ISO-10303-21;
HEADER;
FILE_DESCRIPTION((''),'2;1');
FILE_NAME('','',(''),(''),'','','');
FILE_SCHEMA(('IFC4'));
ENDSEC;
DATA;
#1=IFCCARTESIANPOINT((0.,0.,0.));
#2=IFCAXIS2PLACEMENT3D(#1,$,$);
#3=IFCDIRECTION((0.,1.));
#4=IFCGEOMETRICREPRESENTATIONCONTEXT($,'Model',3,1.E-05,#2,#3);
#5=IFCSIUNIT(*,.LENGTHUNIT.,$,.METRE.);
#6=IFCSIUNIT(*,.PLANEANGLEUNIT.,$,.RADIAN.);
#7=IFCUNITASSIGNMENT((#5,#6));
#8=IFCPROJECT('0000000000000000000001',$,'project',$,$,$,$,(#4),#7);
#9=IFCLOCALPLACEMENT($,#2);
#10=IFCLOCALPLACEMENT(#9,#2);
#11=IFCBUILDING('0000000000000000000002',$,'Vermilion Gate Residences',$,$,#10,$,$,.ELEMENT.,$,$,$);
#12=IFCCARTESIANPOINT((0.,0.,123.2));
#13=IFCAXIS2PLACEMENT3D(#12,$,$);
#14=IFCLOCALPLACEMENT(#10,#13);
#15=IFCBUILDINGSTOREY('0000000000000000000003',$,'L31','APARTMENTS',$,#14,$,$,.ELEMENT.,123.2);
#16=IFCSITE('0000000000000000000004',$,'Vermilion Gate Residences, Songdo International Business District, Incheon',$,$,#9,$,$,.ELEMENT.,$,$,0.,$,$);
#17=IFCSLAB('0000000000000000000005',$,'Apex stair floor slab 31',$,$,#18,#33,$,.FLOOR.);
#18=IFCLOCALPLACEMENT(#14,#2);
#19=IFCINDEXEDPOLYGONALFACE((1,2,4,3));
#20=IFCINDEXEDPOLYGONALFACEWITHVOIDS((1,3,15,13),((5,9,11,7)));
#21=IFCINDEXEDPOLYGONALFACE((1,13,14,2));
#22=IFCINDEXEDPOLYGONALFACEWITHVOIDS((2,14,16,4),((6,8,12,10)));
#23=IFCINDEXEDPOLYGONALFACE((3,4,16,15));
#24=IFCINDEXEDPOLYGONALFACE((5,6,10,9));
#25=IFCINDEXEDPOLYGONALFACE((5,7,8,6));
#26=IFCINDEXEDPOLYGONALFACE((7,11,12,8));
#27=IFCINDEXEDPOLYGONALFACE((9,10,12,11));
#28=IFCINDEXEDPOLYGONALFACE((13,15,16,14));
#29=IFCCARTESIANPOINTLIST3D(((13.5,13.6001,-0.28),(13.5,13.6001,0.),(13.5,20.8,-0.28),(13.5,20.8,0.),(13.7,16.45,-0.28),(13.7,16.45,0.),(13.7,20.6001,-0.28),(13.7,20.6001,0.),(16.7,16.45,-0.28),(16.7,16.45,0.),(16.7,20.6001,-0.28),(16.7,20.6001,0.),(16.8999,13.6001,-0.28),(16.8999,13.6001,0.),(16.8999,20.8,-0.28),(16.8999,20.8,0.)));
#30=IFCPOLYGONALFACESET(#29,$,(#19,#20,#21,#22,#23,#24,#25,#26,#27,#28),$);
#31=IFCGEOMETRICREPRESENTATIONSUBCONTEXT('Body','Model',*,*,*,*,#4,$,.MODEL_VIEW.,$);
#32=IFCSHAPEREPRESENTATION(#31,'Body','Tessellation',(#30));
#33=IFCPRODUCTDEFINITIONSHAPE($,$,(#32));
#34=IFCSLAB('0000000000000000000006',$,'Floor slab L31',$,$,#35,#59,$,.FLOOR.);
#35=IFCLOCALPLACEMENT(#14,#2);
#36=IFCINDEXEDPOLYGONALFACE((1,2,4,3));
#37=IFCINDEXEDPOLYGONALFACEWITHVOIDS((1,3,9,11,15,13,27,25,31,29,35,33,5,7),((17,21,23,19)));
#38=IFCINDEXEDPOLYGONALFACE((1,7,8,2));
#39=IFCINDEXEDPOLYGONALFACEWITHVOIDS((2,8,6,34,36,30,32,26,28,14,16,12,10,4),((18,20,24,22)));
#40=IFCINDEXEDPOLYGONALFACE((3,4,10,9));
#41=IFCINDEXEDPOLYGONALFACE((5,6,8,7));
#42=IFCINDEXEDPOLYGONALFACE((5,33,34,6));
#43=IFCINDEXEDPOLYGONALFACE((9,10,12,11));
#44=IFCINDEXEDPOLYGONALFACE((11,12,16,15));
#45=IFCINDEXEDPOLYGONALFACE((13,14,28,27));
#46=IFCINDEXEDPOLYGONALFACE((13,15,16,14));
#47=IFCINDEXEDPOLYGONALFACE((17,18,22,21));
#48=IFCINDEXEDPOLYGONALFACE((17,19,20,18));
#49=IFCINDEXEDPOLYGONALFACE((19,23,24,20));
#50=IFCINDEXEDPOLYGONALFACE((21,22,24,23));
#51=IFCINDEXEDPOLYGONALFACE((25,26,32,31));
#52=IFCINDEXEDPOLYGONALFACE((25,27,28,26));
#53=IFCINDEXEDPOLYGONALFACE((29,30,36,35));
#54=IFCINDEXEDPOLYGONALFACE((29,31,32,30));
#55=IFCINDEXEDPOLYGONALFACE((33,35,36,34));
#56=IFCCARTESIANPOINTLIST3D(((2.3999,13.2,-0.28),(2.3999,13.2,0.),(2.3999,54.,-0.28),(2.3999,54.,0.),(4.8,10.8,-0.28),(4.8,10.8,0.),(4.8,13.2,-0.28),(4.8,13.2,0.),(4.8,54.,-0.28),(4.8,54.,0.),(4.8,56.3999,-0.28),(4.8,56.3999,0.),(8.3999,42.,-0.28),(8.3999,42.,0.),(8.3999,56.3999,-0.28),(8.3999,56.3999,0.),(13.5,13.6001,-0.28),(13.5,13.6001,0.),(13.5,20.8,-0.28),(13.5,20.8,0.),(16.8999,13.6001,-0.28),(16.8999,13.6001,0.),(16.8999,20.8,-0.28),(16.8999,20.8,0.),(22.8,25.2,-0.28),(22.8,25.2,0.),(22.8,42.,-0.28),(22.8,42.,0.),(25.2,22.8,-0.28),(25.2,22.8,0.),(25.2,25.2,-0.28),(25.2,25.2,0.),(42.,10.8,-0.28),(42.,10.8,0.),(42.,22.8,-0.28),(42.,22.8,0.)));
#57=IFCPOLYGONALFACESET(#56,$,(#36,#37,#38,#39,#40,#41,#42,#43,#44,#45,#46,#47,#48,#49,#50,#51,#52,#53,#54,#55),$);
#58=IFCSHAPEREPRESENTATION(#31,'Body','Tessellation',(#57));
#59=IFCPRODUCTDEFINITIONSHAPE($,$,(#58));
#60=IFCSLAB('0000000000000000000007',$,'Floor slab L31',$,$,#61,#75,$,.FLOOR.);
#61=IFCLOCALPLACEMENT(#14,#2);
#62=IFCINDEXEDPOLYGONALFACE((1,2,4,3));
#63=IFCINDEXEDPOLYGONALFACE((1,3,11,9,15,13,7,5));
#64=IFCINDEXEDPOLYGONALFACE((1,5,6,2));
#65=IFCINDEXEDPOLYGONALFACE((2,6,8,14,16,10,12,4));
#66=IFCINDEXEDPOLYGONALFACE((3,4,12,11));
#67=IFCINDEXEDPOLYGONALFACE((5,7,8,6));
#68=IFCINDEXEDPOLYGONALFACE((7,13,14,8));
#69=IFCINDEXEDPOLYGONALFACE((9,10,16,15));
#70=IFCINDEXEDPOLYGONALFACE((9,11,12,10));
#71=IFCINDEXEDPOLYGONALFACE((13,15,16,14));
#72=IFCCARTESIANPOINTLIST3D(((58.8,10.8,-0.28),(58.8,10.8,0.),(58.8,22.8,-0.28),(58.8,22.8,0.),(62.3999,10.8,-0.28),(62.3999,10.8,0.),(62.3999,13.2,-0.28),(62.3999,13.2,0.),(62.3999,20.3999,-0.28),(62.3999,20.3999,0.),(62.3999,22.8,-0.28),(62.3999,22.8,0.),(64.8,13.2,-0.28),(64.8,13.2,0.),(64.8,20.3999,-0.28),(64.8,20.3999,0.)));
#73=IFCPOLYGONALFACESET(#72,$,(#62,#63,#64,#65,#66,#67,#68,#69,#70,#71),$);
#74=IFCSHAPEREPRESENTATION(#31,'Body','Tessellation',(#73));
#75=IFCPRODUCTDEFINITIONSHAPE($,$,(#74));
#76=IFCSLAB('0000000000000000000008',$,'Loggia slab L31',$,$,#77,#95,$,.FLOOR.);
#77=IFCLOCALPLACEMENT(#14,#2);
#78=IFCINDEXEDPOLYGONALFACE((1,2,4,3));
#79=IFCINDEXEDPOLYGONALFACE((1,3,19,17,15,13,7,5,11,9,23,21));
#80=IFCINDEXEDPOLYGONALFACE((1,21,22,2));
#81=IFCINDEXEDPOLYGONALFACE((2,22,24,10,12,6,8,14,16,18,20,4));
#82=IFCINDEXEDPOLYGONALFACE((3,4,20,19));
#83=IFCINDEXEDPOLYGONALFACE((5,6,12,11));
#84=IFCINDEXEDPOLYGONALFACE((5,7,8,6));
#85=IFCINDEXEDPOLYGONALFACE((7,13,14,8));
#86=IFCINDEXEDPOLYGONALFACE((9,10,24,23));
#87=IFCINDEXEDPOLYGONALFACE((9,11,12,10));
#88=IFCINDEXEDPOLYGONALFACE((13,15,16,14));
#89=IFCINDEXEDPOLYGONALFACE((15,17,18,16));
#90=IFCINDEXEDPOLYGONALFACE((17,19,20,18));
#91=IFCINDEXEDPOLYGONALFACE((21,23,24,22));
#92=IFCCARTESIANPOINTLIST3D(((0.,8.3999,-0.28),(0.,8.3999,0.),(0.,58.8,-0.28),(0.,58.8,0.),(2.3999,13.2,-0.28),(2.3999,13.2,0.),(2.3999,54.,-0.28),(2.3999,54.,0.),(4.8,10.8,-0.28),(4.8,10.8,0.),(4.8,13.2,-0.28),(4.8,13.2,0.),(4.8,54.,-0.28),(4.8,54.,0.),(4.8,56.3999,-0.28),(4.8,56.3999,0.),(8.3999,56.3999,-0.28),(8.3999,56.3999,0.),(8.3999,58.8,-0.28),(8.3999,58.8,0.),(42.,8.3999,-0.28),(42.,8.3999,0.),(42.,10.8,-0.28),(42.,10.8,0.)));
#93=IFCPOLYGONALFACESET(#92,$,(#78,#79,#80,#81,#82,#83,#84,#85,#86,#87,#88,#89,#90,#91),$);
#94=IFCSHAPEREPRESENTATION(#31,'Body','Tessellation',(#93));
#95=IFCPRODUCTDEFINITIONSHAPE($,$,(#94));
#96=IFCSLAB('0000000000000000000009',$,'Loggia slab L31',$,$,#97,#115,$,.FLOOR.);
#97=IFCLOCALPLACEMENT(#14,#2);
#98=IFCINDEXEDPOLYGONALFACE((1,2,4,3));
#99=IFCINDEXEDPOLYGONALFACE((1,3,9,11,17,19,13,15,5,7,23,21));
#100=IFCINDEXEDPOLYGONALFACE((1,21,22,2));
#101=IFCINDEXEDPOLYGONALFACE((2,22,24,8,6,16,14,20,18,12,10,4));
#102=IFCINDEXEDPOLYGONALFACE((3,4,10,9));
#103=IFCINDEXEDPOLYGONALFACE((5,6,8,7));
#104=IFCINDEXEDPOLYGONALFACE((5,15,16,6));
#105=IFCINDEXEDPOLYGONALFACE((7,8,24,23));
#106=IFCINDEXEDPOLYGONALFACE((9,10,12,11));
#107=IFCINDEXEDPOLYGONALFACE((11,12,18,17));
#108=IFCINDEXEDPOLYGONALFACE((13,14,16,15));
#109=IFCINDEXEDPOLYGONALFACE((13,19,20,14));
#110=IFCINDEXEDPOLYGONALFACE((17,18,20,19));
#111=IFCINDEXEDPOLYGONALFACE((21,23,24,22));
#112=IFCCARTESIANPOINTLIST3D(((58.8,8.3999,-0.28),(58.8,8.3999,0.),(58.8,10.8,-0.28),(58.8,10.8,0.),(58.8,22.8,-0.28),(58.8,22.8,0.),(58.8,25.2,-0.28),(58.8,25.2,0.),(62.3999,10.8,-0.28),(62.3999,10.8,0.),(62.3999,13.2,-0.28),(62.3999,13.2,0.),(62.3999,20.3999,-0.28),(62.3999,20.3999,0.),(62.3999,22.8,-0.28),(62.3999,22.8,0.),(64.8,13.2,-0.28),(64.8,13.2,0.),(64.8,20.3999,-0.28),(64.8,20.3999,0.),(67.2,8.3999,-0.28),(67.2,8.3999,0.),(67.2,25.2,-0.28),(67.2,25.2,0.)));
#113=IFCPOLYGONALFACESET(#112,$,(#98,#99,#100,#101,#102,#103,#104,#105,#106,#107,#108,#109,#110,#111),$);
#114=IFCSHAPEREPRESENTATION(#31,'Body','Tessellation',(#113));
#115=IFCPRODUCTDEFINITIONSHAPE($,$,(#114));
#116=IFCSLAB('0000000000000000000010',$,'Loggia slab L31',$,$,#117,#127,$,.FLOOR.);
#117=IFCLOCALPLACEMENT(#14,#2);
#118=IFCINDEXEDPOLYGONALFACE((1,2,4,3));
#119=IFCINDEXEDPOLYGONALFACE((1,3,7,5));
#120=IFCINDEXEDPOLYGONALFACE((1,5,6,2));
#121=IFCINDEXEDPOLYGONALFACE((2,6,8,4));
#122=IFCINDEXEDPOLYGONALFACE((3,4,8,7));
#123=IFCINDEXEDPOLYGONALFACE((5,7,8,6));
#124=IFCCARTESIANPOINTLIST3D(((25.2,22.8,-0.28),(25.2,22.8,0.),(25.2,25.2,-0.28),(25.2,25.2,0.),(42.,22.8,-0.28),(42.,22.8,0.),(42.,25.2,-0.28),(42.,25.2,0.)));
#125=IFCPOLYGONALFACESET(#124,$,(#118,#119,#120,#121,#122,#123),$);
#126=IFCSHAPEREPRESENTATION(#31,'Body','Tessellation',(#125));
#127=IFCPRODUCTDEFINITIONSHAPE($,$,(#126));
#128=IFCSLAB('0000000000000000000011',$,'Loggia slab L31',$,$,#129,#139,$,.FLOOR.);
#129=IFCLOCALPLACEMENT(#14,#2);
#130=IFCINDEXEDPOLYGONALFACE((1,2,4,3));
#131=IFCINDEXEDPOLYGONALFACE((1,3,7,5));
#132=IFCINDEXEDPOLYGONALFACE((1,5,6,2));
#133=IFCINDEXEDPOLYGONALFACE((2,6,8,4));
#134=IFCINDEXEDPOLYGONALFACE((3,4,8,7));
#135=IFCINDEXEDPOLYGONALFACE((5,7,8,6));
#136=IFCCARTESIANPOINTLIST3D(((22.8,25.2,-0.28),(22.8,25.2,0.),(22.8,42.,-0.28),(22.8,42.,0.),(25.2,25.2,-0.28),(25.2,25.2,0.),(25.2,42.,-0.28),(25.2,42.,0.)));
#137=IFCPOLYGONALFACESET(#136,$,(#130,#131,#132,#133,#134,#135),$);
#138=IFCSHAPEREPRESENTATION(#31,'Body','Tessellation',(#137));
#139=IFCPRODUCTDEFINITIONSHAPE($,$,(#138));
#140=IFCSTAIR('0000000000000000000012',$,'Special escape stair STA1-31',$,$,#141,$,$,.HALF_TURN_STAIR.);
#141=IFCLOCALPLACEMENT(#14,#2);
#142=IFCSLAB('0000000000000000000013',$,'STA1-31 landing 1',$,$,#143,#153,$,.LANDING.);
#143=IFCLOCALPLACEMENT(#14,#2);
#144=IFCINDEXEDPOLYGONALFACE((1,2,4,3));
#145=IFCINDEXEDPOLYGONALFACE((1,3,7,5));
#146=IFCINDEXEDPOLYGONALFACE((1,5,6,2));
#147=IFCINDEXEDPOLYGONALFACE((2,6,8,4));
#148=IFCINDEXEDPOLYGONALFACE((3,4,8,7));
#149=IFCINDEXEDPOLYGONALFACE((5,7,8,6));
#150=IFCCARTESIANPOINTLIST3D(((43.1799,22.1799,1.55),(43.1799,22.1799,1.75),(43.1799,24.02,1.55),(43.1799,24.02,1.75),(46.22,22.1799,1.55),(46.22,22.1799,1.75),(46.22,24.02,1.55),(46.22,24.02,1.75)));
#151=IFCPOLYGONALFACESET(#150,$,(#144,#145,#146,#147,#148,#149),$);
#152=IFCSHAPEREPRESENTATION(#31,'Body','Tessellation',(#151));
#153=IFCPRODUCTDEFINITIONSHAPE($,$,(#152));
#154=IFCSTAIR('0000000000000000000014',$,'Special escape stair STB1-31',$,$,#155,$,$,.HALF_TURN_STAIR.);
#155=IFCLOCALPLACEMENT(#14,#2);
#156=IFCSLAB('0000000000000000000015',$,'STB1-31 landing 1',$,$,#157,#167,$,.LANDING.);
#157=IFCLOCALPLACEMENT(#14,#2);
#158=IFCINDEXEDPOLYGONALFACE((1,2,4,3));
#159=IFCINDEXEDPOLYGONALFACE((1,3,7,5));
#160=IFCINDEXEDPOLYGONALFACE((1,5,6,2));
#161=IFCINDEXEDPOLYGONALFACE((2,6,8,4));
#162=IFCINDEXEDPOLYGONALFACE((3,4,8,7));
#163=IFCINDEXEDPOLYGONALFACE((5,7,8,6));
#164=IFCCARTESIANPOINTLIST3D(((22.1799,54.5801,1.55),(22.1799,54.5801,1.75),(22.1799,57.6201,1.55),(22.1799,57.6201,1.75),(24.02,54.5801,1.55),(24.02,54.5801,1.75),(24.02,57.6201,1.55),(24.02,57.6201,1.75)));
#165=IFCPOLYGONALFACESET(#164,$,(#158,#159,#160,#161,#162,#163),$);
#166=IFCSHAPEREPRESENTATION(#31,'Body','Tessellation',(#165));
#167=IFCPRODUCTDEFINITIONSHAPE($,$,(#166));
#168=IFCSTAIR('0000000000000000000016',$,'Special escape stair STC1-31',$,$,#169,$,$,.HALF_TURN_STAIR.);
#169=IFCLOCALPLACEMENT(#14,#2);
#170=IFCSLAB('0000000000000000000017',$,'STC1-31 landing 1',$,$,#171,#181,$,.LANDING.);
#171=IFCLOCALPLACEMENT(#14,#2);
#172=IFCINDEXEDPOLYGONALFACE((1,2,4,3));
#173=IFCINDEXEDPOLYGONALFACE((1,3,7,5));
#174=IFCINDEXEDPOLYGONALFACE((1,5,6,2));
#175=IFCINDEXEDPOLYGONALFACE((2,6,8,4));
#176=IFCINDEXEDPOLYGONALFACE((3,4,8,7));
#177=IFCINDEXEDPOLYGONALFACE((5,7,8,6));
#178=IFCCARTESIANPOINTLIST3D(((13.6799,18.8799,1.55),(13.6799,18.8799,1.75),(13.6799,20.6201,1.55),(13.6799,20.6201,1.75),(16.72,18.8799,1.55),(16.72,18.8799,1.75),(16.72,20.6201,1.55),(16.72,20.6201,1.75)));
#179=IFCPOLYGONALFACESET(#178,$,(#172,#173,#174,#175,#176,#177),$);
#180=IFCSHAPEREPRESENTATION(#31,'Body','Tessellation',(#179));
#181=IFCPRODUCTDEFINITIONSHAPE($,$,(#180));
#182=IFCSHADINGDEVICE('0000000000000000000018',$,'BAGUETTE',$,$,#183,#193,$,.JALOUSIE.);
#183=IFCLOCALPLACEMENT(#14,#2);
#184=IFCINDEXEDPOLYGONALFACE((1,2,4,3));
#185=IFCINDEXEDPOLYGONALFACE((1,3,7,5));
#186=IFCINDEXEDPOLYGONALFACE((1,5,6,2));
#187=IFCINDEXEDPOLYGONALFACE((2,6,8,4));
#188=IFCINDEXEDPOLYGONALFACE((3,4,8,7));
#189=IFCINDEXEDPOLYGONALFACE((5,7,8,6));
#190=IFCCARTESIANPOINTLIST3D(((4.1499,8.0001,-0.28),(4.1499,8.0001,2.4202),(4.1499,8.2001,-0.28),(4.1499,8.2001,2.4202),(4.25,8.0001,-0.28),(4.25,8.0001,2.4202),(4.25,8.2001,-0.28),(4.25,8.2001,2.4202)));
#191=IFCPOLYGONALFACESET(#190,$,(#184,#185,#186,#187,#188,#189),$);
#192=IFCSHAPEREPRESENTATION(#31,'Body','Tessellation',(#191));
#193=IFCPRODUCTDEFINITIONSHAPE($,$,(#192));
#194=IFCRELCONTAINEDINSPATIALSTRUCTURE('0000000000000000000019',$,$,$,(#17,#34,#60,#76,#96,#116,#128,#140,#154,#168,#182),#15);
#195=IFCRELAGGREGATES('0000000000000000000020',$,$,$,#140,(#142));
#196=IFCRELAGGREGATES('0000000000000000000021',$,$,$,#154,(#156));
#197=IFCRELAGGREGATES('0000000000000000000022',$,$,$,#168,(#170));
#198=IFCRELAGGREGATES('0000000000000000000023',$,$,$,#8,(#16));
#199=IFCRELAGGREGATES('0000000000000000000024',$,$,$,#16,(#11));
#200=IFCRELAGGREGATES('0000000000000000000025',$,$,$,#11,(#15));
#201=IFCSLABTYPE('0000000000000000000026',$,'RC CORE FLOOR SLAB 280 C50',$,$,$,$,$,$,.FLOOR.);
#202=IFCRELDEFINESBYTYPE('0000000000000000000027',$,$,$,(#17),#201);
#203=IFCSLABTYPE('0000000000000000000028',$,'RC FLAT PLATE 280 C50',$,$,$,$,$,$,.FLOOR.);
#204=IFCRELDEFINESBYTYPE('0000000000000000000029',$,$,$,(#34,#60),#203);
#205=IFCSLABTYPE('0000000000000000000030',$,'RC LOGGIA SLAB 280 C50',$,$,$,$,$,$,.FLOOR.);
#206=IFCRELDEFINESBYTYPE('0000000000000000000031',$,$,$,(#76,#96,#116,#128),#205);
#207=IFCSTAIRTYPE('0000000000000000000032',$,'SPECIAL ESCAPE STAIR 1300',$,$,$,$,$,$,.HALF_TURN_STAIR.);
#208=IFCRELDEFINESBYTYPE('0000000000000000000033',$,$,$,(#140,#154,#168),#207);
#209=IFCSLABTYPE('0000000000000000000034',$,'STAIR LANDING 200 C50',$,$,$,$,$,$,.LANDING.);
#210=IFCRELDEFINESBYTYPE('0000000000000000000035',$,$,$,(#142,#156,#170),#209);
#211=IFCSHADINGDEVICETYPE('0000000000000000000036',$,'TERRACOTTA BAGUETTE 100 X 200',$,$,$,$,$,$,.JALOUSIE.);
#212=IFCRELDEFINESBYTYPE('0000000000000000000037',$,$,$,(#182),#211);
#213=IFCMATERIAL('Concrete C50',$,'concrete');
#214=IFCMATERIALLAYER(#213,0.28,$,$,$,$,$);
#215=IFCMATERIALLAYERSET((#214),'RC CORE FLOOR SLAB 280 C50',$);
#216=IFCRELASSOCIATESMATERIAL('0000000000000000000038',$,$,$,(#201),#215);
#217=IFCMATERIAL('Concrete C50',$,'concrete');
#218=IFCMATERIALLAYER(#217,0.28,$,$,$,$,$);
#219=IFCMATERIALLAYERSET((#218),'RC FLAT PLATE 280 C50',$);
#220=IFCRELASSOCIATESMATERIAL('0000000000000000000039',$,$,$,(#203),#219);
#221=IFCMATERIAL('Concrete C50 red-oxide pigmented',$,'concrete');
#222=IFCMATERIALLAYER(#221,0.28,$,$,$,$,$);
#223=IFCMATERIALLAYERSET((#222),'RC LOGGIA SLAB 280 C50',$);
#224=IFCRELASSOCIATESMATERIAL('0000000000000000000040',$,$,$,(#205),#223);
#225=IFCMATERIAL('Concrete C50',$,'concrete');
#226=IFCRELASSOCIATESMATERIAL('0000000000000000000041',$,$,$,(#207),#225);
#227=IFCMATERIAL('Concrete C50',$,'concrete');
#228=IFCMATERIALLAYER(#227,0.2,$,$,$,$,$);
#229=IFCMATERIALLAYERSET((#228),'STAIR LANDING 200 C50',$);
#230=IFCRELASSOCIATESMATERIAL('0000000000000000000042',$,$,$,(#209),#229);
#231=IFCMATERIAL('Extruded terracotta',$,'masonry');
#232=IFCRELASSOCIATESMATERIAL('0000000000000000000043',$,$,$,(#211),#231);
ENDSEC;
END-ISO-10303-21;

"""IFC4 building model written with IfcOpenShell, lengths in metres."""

from ifc_helpers import new_model, si_unit, direction, frame, origin, origin_2d, place, context, subcontext, project, spatial, polyline, rectangle, outline, extrude, material, layer, layer_set, material_profile, profile_set, type_object, element, aggregate, save


model = new_model("IFC4")

# Units and contexts
model_context = context("Model", 3, precision=1e-05, world=origin(), true_north=direction((0.0, 1.0)))
body_context = subcontext(model_context, "Body", "Model", "MODEL_VIEW")
ifc_project = project(units=[si_unit("LENGTHUNIT", "METRE"), si_unit("PLANEANGLEUNIT", "RADIAN")], contexts=[model_context])

# Site, building, storey
site_placement = place(None, origin())
site = spatial("IfcSite", under=ifc_project, at=site_placement, Name="Vermilion Gate Residences, Songdo International Business District, Incheon", CompositionType="ELEMENT", RefElevation=0.0)
building_placement = place(site_placement, origin())
building = spatial("IfcBuilding", under=site, at=building_placement, Name="Vermilion Gate Residences", CompositionType="ELEMENT")
storey_placement = place(building_placement, frame((0.0, 0.0, 123.2)))
storey = spatial("IfcBuildingStorey", under=building, at=storey_placement, Name="L31", Description="APARTMENTS", CompositionType="ELEMENT", Elevation=123.2)

# Slabs
ifc_material_1 = material(Name="Concrete C50", Category="concrete")
ifc_layer_1 = layer(ifc_material_1, 0.28)
ifc_layer_set_1 = layer_set([ifc_layer_1], Name="RC CORE FLOOR SLAB 280 C50")
slab_type_1 = type_object("IfcSlabType", Name="RC CORE FLOOR SLAB 280 C50", PredefinedType="FLOOR", material=ifc_layer_set_1)
slab_1_placement = place(storey_placement, frame((0.0, 0.0, -0.28)))
element("IfcSlab", 1, at=slab_1_placement, inside=storey, type_object=slab_type_1, Name="Apex stair floor slab 31", PredefinedType="FLOOR", context=body_context, shape_type="SweptSolid", body=[
    extrude(outline(polyline([(13.5, 13.6001), (16.8999, 13.6001), (16.8999, 20.8), (13.5, 20.8), (13.5, 13.6001)]), holes=[polyline([(16.7, 20.6001), (16.7, 16.45), (13.7, 16.45), (13.7, 20.6001), (16.7, 20.6001)])]), origin(), (0.0, 0.0, 1.0), 0.28),
])
ifc_material_2 = material(Name="Concrete C50", Category="concrete")
ifc_layer_2 = layer(ifc_material_2, 0.28)
ifc_layer_set_2 = layer_set([ifc_layer_2], Name="RC FLAT PLATE 280 C50")
slab_type_2 = type_object("IfcSlabType", Name="RC FLAT PLATE 280 C50", PredefinedType="FLOOR", material=ifc_layer_set_2)
slab_2_placement = place(storey_placement, frame((0.0, 0.0, -0.28)))
element("IfcSlab", 2, at=slab_2_placement, inside=storey, type_object=slab_type_2, Name="Floor slab L31", PredefinedType="FLOOR", context=body_context, shape_type="SweptSolid", body=[
    extrude(outline(polyline([(22.8, 25.2), (22.8, 42.0), (8.3999, 42.0), (8.3999, 56.3999), (4.8, 56.3999), (4.8, 54.0), (2.3999, 54.0), (2.3999, 13.2), (4.8, 13.2), (4.8, 10.8), (42.0, 10.8), (42.0, 22.8), (25.2, 22.8), (25.2, 25.2), (22.8, 25.2)]), holes=[polyline([(13.5, 13.6001), (13.5, 20.8), (16.8999, 20.8), (16.8999, 13.6001), (13.5, 13.6001)])]), origin(), (0.0, 0.0, 1.0), 0.28),
])
slab_3_placement = place(storey_placement, frame((0.0, 0.0, -0.28)))
element("IfcSlab", 3, at=slab_3_placement, inside=storey, type_object=slab_type_2, Name="Floor slab L31", PredefinedType="FLOOR", context=body_context, shape_type="SweptSolid", body=[
    extrude(outline(polyline([(58.8, 22.8), (58.8, 10.8), (62.3999, 10.8), (62.3999, 13.2), (64.8, 13.2), (64.8, 20.3999), (62.3999, 20.3999), (62.3999, 22.8), (58.8, 22.8)])), origin(), (0.0, 0.0, 1.0), 0.28),
])
ifc_material_3 = material(Name="Concrete C50 red-oxide pigmented", Category="concrete")
ifc_layer_3 = layer(ifc_material_3, 0.28)
ifc_layer_set_3 = layer_set([ifc_layer_3], Name="RC LOGGIA SLAB 280 C50")
slab_type_3 = type_object("IfcSlabType", Name="RC LOGGIA SLAB 280 C50", PredefinedType="FLOOR", material=ifc_layer_set_3)
slab_4_placement = place(storey_placement, frame((0.0, 0.0, -0.28)))
element("IfcSlab", 4, at=slab_4_placement, inside=storey, type_object=slab_type_3, Name="Loggia slab L31", PredefinedType="FLOOR", context=body_context, shape_type="SweptSolid", body=[
    extrude(outline(polyline([(0.0, 58.8), (0.0, 8.3999), (42.0, 8.3999), (42.0, 10.8), (4.8, 10.8), (4.8, 13.2), (2.3999, 13.2), (2.3999, 54.0), (4.8, 54.0), (4.8, 56.3999), (8.3999, 56.3999), (8.3999, 58.8), (0.0, 58.8)])), origin(), (0.0, 0.0, 1.0), 0.28),
])
slab_5_placement = place(storey_placement, frame((0.0, 0.0, -0.28)))
element("IfcSlab", 5, at=slab_5_placement, inside=storey, type_object=slab_type_3, Name="Loggia slab L31", PredefinedType="FLOOR", context=body_context, shape_type="SweptSolid", body=[
    extrude(outline(polyline([(64.8, 20.3999), (64.8, 13.2), (62.3999, 13.2), (62.3999, 10.8), (58.8, 10.8), (58.8, 8.3999), (67.2, 8.3999), (67.2, 25.2), (58.8, 25.2), (58.8, 22.8), (62.3999, 22.8), (62.3999, 20.3999), (64.8, 20.3999)])), origin(), (0.0, 0.0, 1.0), 0.28),
])
slab_6_placement = place(storey_placement, frame((0.0, 0.0, -0.28)))
element("IfcSlab", 6, at=slab_6_placement, inside=storey, type_object=slab_type_3, Name="Loggia slab L31", PredefinedType="FLOOR", context=body_context, shape_type="SweptSolid", body=[
    extrude(outline(polyline([(25.2, 22.8), (42.0, 22.8), (42.0, 25.2), (25.2, 25.2), (25.2, 22.8)])), origin(), (0.0, 0.0, 1.0), 0.28),
])
slab_7_placement = place(storey_placement, frame((0.0, 0.0, -0.28)))
element("IfcSlab", 7, at=slab_7_placement, inside=storey, type_object=slab_type_3, Name="Loggia slab L31", PredefinedType="FLOOR", context=body_context, shape_type="SweptSolid", body=[
    extrude(outline(polyline([(25.2, 25.2), (25.2, 42.0), (22.8, 42.0), (22.8, 25.2), (25.2, 25.2)])), origin(), (0.0, 0.0, 1.0), 0.28),
])

# Stairs, slabs
ifc_material_4 = material(Name="Concrete C50", Category="concrete")
stair_type = type_object("IfcStairType", Name="SPECIAL ESCAPE STAIR 1300", PredefinedType="HALF_TURN_STAIR", material=ifc_material_4)
stair_1_placement = place(storey_placement, origin())
stair_1 = element("IfcStair", 8, at=stair_1_placement, inside=storey, type_object=stair_type, Name="Special escape stair STA1-31", PredefinedType="HALF_TURN_STAIR")
ifc_material_5 = material(Name="Concrete C50", Category="concrete")
ifc_layer_4 = layer(ifc_material_5, 0.2)
ifc_layer_set_4 = layer_set([ifc_layer_4], Name="STAIR LANDING 200 C50")
slab_type_4 = type_object("IfcSlabType", Name="STAIR LANDING 200 C50", PredefinedType="LANDING", material=ifc_layer_set_4)
slab_8_placement = place(storey_placement, frame((0.0, 0.0, 1.55)))
slab_8 = element("IfcSlab", 9, at=slab_8_placement, type_object=slab_type_4, Name="STA1-31 landing 1", PredefinedType="LANDING", context=body_context, shape_type="SweptSolid", body=[
    extrude(outline(polyline([(46.22, 22.1799), (46.22, 24.02), (43.1799, 24.02), (43.1799, 22.1799), (46.22, 22.1799)])), origin(), (0.0, 0.0, 1.0), 0.2),
])
aggregate(stair_1, [slab_8])
stair_2_placement = place(storey_placement, origin())
stair_2 = element("IfcStair", 10, at=stair_2_placement, inside=storey, type_object=stair_type, Name="Special escape stair STB1-31", PredefinedType="HALF_TURN_STAIR")
slab_9_placement = place(storey_placement, frame((0.0, 0.0, 1.55)))
slab_9 = element("IfcSlab", 11, at=slab_9_placement, type_object=slab_type_4, Name="STB1-31 landing 1", PredefinedType="LANDING", context=body_context, shape_type="SweptSolid", body=[
    extrude(outline(polyline([(24.02, 54.5801), (24.02, 57.6201), (22.1799, 57.6201), (22.1799, 54.5801), (24.02, 54.5801)])), origin(), (0.0, 0.0, 1.0), 0.2),
])
aggregate(stair_2, [slab_9])
stair_3_placement = place(storey_placement, origin())
stair_3 = element("IfcStair", 12, at=stair_3_placement, inside=storey, type_object=stair_type, Name="Special escape stair STC1-31", PredefinedType="HALF_TURN_STAIR")
slab_10_placement = place(storey_placement, frame((0.0, 0.0, 1.55)))
slab_10 = element("IfcSlab", 13, at=slab_10_placement, type_object=slab_type_4, Name="STC1-31 landing 1", PredefinedType="LANDING", context=body_context, shape_type="SweptSolid", body=[
    extrude(outline(polyline([(16.72, 18.8799), (16.72, 20.6201), (13.6799, 20.6201), (13.6799, 18.8799), (16.72, 18.8799)])), origin(), (0.0, 0.0, 1.0), 0.2),
])
aggregate(stair_3, [slab_10])

# Shading device
ifc_material_6 = material(Name="Extruded terracotta", Category="masonry")
ifc_material_profile_1 = material_profile(ifc_material_6, rectangle(XDim=0.2, YDim=0.1001, at=origin_2d()), Name="BAGUETTE 100 X 200")
ifc_profile_set_1 = profile_set([ifc_material_profile_1], Name="Extruded terracotta")
shading_device_type = type_object("IfcShadingDeviceType", Name="TERRACOTTA BAGUETTE 100 X 200", PredefinedType="JALOUSIE", material=ifc_profile_set_1)
shading_device_1_placement = place(storey_placement, frame((4.2, 8.1001, -0.28), z_axis=(0.0, 0.0, 1.0), x_axis=(0.0, 1.0, 0.0)))
element("IfcShadingDevice", 14, at=shading_device_1_placement, inside=storey, type_object=shading_device_type, Name="BAGUETTE", PredefinedType="JALOUSIE", context=body_context, shape_type="SweptSolid", body=[
    extrude(rectangle(XDim=0.2, YDim=0.1001, at=origin_2d()), origin(), (0.0, 0.0, 1.0), 2.7002),
])

save(model, "model.ifc")
